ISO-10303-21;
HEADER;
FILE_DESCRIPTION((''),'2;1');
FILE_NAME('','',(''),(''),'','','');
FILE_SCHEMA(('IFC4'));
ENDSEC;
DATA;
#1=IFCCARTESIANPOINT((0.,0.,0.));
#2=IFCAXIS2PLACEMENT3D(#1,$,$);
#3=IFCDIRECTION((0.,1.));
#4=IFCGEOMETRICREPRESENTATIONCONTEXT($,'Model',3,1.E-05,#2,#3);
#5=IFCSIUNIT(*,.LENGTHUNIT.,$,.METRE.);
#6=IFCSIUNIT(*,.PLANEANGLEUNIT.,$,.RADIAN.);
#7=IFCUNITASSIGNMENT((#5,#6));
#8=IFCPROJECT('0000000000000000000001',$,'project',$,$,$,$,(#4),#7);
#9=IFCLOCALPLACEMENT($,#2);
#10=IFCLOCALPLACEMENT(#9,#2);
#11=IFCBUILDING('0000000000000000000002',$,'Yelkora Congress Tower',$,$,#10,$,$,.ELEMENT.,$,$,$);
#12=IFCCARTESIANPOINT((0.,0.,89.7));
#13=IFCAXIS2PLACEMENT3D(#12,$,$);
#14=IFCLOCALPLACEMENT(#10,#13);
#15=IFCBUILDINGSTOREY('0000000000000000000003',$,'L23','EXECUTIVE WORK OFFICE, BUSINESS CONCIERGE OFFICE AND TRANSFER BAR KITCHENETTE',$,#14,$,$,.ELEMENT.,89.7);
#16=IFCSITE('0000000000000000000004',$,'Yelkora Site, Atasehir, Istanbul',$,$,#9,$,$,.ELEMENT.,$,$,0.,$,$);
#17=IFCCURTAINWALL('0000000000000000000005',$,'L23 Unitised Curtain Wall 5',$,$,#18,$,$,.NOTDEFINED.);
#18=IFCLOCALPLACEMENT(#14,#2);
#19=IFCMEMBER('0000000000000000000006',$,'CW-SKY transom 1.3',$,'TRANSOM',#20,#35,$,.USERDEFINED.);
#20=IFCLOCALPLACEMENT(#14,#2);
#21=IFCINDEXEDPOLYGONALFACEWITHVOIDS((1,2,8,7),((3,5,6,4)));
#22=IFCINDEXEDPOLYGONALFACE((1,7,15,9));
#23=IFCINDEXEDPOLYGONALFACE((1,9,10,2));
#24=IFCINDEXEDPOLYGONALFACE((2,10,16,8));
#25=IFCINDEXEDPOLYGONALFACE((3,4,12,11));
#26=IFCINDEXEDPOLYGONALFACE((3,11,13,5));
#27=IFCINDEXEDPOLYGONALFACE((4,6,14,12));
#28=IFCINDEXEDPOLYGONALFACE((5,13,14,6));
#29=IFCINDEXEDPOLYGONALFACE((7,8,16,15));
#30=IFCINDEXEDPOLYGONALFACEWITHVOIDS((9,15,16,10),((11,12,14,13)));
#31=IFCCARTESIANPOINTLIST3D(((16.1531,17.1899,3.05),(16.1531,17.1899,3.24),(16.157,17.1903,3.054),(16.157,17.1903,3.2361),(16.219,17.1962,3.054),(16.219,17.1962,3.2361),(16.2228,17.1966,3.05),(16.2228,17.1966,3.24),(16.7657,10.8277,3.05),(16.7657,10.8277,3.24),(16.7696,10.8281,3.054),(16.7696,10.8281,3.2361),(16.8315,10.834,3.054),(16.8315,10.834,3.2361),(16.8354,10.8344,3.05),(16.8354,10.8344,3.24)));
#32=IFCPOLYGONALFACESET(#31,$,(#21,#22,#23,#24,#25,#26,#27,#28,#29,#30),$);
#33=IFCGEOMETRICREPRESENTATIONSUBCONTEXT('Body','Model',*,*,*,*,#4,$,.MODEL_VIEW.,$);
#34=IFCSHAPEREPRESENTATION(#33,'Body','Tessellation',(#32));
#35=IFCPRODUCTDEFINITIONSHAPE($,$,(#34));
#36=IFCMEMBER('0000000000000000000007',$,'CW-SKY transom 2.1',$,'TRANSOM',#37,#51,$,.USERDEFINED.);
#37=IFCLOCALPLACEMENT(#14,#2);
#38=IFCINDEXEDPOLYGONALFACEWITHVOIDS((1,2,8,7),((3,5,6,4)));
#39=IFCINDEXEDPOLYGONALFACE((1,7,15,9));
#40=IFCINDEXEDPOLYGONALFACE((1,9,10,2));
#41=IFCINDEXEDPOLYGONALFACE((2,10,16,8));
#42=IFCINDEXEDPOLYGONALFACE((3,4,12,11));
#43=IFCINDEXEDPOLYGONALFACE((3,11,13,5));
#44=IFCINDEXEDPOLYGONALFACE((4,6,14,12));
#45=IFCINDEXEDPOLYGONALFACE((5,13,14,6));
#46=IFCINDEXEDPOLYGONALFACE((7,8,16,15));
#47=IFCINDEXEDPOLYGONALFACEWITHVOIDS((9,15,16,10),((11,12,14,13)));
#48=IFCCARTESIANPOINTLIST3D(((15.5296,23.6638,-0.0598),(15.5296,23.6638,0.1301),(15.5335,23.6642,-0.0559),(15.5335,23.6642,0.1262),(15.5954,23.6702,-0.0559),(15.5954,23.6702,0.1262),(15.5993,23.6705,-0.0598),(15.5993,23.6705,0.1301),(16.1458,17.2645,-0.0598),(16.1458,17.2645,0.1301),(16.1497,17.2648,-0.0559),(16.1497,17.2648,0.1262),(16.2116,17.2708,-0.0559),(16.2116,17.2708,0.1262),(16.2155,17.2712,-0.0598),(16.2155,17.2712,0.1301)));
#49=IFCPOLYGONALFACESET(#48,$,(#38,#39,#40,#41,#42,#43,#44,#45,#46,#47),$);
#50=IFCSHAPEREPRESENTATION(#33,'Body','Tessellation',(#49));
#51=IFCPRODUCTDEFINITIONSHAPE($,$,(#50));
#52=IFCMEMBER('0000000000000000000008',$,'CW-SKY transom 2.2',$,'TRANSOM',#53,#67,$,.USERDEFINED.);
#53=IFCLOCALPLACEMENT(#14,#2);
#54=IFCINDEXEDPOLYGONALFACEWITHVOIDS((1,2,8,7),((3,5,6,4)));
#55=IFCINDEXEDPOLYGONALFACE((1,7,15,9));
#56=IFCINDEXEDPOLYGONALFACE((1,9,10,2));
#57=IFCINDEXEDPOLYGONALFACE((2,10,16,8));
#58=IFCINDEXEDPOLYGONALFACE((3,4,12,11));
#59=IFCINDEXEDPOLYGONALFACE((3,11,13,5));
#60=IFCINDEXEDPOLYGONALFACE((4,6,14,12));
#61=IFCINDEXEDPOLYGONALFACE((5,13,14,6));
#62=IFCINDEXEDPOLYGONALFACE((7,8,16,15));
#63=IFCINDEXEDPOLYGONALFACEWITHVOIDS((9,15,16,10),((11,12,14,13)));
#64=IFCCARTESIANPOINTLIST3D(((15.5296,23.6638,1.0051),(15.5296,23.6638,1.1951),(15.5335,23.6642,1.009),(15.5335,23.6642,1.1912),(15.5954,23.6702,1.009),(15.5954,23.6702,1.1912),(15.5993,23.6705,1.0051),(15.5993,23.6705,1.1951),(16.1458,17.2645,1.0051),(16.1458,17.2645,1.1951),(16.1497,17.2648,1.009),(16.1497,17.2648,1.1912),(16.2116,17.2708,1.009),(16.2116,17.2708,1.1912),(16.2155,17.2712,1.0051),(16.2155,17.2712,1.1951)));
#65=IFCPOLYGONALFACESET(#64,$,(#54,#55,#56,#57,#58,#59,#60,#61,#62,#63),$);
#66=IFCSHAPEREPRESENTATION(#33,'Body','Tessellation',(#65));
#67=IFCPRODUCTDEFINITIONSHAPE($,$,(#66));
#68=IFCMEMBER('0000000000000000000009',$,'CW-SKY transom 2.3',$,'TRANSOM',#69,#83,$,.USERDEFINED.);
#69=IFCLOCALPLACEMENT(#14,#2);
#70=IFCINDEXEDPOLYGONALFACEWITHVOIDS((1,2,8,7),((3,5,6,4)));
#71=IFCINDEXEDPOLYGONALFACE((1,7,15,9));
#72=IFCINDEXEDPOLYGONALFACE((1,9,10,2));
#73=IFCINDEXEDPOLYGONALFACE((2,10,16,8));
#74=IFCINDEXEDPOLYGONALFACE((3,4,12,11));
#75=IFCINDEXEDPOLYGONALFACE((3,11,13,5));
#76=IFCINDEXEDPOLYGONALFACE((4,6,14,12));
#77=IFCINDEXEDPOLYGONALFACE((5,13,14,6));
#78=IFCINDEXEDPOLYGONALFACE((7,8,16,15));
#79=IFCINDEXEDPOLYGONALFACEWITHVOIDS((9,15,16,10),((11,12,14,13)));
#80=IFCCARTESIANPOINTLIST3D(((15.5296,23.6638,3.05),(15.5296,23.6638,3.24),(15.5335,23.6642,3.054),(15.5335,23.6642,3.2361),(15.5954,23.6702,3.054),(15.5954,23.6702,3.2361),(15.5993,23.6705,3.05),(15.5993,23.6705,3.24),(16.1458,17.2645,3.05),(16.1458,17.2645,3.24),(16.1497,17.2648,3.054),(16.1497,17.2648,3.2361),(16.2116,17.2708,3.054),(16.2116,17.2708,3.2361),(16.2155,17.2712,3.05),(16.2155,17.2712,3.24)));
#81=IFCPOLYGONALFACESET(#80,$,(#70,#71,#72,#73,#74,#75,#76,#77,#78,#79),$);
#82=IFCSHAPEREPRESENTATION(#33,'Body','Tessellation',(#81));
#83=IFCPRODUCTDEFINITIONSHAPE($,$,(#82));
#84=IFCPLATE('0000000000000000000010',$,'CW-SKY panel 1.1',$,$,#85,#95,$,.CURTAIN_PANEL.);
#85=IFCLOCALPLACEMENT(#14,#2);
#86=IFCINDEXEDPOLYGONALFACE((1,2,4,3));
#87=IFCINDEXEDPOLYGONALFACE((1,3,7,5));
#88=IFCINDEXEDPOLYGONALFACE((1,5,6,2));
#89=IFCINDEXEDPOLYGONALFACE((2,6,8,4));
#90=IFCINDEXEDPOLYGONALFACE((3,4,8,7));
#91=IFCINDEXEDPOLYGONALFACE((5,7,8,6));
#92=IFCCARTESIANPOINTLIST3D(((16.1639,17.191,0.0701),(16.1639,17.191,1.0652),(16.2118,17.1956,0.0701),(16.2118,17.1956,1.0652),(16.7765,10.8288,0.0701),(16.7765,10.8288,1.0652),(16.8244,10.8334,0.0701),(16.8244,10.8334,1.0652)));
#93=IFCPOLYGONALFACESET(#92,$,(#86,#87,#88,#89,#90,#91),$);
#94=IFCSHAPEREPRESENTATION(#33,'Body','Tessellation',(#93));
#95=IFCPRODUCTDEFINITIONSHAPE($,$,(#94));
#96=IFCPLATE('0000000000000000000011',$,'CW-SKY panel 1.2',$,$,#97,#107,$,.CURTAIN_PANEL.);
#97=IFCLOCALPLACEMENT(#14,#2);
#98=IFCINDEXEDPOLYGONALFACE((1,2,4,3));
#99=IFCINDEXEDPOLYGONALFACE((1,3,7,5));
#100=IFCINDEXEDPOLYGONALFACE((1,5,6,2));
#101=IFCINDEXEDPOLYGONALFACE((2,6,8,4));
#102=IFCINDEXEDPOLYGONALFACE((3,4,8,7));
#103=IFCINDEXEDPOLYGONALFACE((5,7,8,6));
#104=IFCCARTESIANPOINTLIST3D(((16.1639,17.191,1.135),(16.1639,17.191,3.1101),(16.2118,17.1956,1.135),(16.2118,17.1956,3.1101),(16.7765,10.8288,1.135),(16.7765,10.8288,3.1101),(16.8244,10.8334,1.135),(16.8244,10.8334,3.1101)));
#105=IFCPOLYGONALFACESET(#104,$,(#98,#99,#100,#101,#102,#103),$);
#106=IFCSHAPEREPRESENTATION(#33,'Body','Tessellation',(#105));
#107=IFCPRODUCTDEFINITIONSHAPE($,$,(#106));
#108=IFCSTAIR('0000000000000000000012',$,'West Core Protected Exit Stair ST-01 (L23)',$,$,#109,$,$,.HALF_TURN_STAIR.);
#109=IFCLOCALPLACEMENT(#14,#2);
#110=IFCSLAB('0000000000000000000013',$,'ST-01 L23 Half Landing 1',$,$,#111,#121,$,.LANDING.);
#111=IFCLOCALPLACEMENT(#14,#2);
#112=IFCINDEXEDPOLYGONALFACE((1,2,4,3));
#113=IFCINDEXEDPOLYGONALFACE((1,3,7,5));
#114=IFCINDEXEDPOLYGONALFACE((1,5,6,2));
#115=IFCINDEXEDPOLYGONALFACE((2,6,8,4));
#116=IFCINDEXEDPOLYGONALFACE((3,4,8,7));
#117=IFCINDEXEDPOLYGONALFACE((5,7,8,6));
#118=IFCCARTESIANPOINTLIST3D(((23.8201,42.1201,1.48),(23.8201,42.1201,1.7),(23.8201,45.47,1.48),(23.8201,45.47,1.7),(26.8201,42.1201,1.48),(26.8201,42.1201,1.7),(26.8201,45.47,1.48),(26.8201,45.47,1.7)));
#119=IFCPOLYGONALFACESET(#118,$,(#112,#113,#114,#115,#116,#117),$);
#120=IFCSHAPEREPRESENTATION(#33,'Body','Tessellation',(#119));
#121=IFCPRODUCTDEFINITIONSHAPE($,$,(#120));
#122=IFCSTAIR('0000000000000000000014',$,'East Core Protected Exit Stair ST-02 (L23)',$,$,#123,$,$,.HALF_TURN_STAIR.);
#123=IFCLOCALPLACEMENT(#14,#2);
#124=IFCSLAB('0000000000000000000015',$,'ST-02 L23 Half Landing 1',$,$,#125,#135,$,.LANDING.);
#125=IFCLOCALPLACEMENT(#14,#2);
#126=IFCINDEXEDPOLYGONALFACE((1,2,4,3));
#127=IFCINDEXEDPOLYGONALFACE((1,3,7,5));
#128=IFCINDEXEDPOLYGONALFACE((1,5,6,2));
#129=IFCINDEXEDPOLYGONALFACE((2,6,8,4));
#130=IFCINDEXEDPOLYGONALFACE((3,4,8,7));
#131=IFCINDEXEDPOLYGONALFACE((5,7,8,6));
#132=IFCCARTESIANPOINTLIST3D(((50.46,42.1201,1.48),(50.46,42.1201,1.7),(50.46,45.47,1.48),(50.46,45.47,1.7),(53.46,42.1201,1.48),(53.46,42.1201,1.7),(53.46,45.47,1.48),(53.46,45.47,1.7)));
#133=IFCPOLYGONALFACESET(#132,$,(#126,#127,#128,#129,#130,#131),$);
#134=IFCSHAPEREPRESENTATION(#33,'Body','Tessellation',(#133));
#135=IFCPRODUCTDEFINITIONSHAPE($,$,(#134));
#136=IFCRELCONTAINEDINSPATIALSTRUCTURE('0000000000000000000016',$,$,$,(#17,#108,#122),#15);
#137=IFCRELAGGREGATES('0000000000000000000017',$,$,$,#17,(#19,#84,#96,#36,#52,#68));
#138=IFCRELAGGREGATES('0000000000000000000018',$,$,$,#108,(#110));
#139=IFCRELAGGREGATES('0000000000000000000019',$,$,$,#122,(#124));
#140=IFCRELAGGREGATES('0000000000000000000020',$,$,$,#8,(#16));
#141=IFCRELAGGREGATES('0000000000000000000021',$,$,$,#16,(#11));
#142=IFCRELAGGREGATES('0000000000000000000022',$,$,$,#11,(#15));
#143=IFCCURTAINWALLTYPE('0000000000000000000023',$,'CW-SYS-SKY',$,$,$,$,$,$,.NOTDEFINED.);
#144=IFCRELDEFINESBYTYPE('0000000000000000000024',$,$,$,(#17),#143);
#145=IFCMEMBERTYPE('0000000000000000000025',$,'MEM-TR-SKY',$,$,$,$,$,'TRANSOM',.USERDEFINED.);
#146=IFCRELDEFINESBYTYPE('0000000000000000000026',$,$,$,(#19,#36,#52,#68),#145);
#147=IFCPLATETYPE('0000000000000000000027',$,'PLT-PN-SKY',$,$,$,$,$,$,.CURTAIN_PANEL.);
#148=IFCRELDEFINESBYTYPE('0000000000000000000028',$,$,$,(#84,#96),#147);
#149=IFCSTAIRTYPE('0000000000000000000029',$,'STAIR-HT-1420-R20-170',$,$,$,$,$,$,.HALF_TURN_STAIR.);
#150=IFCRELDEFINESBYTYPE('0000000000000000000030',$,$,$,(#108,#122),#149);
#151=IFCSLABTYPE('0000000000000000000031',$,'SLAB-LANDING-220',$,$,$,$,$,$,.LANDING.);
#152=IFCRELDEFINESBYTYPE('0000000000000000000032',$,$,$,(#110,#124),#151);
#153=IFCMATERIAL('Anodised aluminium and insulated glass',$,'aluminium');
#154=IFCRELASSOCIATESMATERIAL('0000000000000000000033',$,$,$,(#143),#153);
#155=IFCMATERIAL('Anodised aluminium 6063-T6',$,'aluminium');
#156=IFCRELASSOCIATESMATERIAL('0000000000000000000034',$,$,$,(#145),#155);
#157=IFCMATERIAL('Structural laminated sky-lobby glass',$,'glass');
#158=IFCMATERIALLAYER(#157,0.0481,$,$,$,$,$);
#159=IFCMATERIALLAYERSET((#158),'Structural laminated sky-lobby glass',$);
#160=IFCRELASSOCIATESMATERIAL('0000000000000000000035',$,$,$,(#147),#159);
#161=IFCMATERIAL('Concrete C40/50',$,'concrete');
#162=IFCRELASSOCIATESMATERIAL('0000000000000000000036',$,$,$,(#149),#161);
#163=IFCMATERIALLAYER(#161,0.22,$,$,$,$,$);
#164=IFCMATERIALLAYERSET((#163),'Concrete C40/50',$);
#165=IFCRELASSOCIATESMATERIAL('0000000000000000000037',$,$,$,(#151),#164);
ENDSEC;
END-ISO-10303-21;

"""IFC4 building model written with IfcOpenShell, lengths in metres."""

from ifc_helpers import new_model, si_unit, direction, frame, origin, origin_2d, place, context, subcontext, project, spatial, polyline, rectangle, hollow_rectangle, outline, extrude, material, layer, layer_set, material_profile, profile_set, type_object, element, aggregate, save


model = new_model("IFC4")

# Units and contexts
model_context = context("Model", 3, precision=1e-05, world=origin(), true_north=direction((0.0, 1.0)))
body_context = subcontext(model_context, "Body", "Model", "MODEL_VIEW")
ifc_project = project(units=[si_unit("LENGTHUNIT", "METRE"), si_unit("PLANEANGLEUNIT", "RADIAN")], contexts=[model_context])

# Site, building, storey
site_placement = place(None, origin())
site = spatial("IfcSite", under=ifc_project, at=site_placement, Name="Yelkora Site, Atasehir, Istanbul", CompositionType="ELEMENT", RefElevation=0.0)
building_placement = place(site_placement, origin())
building = spatial("IfcBuilding", under=site, at=building_placement, Name="Yelkora Congress Tower", CompositionType="ELEMENT")
storey_placement = place(building_placement, frame((0.0, 0.0, 89.7)))
storey = spatial("IfcBuildingStorey", under=building, at=storey_placement, Name="L23", Description="EXECUTIVE WORK OFFICE, BUSINESS CONCIERGE OFFICE AND TRANSFER BAR KITCHENETTE", CompositionType="ELEMENT", Elevation=89.7)

# Curtain wall
ifc_material_1 = material(Name="Anodised aluminium and insulated glass", Category="aluminium")
curtain_wall_type = type_object("IfcCurtainWallType", Name="CW-SYS-SKY", PredefinedType="NOTDEFINED", material=ifc_material_1)
curtain_wall_1_placement = place(storey_placement, origin())
curtain_wall_1 = element("IfcCurtainWall", 1, at=curtain_wall_1_placement, inside=storey, type_object=curtain_wall_type, Name="L23 Unitised Curtain Wall 5", PredefinedType="NOTDEFINED")
ifc_material_2 = material(Name="Anodised aluminium 6063-T6", Category="aluminium")

# Members
ifc_material_profile_1 = material_profile(ifc_material_2, hollow_rectangle(XDim=0.0701, YDim=0.1899, WallThickness=0.0039, at=origin_2d()), Name="ALU 70x190x4")
ifc_profile_set_1 = profile_set([ifc_material_profile_1], Name="Anodised aluminium 6063-T6")
member_type_1 = type_object("IfcMemberType", Name="MEM-TR-SKY", ElementType="TRANSOM", PredefinedType="USERDEFINED", material=ifc_profile_set_1)
member_1_placement = place(storey_placement, frame((16.8005, 10.8311, 3.145), z_axis=(-0.095838, 0.995397, 0.0), x_axis=(-0.995397, -0.095838, 0.0)))
member_1 = element("IfcMember", 2, at=member_1_placement, type_object=member_type_1, Name="CW-SKY transom 1.3", ObjectType="TRANSOM", PredefinedType="USERDEFINED", context=body_context, shape_type="SweptSolid", body=[
    extrude(hollow_rectangle(XDim=0.0701, YDim=0.1899, WallThickness=0.0039, at=origin_2d()), origin(), (0.0, 0.0, 1.0), 6.3916),
])
member_2_placement = place(storey_placement, frame((16.1807, 17.2678, 0.0352), z_axis=(-0.095848, 0.995396, 0.0), x_axis=(-0.995396, -0.095848, 0.0)))
member_2 = element("IfcMember", 3, at=member_2_placement, type_object=member_type_1, Name="CW-SKY transom 2.1", ObjectType="TRANSOM", PredefinedType="USERDEFINED", context=body_context, shape_type="SweptSolid", body=[
    extrude(hollow_rectangle(XDim=0.0701, YDim=0.1899, WallThickness=0.0039, at=origin_2d()), origin(), (0.0, 0.0, 1.0), 6.429),
])
member_3_placement = place(storey_placement, frame((16.1807, 17.2678, 1.1001), z_axis=(-0.095848, 0.995396, 0.0), x_axis=(-0.995396, -0.095848, 0.0)))
member_3 = element("IfcMember", 4, at=member_3_placement, type_object=member_type_1, Name="CW-SKY transom 2.2", ObjectType="TRANSOM", PredefinedType="USERDEFINED", context=body_context, shape_type="SweptSolid", body=[
    extrude(hollow_rectangle(XDim=0.0701, YDim=0.1899, WallThickness=0.0039, at=origin_2d()), origin(), (0.0, 0.0, 1.0), 6.429),
])
member_4_placement = place(storey_placement, frame((16.1807, 17.2678, 3.145), z_axis=(-0.095848, 0.995396, 0.0), x_axis=(-0.995396, -0.095848, 0.0)))
member_4 = element("IfcMember", 5, at=member_4_placement, type_object=member_type_1, Name="CW-SKY transom 2.3", ObjectType="TRANSOM", PredefinedType="USERDEFINED", context=body_context, shape_type="SweptSolid", body=[
    extrude(hollow_rectangle(XDim=0.0701, YDim=0.1899, WallThickness=0.0039, at=origin_2d()), origin(), (0.0, 0.0, 1.0), 6.429),
])

# Plates
ifc_material_3 = material(Name="Structural laminated sky-lobby glass", Category="glass")
ifc_layer_1 = layer(ifc_material_3, 0.0481)
ifc_layer_set_1 = layer_set([ifc_layer_1], Name="Structural laminated sky-lobby glass")
plate_type = type_object("IfcPlateType", Name="PLT-PN-SKY", PredefinedType="CURTAIN_PANEL", material=ifc_layer_set_1)
plate_1_placement = place(storey_placement, frame((16.4941, 14.0122, 0.0701), z_axis=(0.0, 0.0, 1.0), x_axis=(-0.095843, 0.995397, 0.0)))
plate_1 = element("IfcPlate", 6, at=plate_1_placement, type_object=plate_type, Name="CW-SKY panel 1.1", PredefinedType="CURTAIN_PANEL", context=body_context, shape_type="SweptSolid", body=[
    extrude(rectangle(XDim=6.3916, YDim=0.0481, at=origin_2d()), origin(), (0.0, 0.0, 1.0), 0.9951),
])
plate_2_placement = place(storey_placement, frame((16.4941, 14.0122, 1.135), z_axis=(0.0, 0.0, 1.0), x_axis=(-0.095843, 0.995397, 0.0)))
plate_2 = element("IfcPlate", 7, at=plate_2_placement, type_object=plate_type, Name="CW-SKY panel 1.2", PredefinedType="CURTAIN_PANEL", context=body_context, shape_type="SweptSolid", body=[
    extrude(rectangle(XDim=6.3916, YDim=0.0481, at=origin_2d()), origin(), (0.0, 0.0, 1.0), 1.9751),
])
aggregate(curtain_wall_1, [member_1, plate_1, plate_2, member_2, member_3, member_4])

# Stairs, slabs
ifc_material_4 = material(Name="Concrete C40/50", Category="concrete")
stair_type = type_object("IfcStairType", Name="STAIR-HT-1420-R20-170", PredefinedType="HALF_TURN_STAIR", material=ifc_material_4)
stair_1_placement = place(storey_placement, origin())
stair_1 = element("IfcStair", 8, at=stair_1_placement, inside=storey, type_object=stair_type, Name="West Core Protected Exit Stair ST-01 (L23)", PredefinedType="HALF_TURN_STAIR")
ifc_layer_2 = layer(ifc_material_4, 0.22)
ifc_layer_set_2 = layer_set([ifc_layer_2], Name="Concrete C40/50")
slab_type_1 = type_object("IfcSlabType", Name="SLAB-LANDING-220", PredefinedType="LANDING", material=ifc_layer_set_2)
slab_1_placement = place(storey_placement, frame((0.0, 0.0, 1.48)))
slab_1 = element("IfcSlab", 9, at=slab_1_placement, type_object=slab_type_1, Name="ST-01 L23 Half Landing 1", PredefinedType="LANDING", context=body_context, shape_type="SweptSolid", body=[
    extrude(outline(polyline([(26.8201, 42.1201), (26.8201, 45.47), (23.8201, 45.47), (23.8201, 42.1201), (26.8201, 42.1201)])), origin(), (0.0, 0.0, 1.0), 0.22),
])
aggregate(stair_1, [slab_1])
stair_2_placement = place(storey_placement, origin())
stair_2 = element("IfcStair", 10, at=stair_2_placement, inside=storey, type_object=stair_type, Name="East Core Protected Exit Stair ST-02 (L23)", PredefinedType="HALF_TURN_STAIR")
slab_2_placement = place(storey_placement, frame((0.0, 0.0, 1.48)))
slab_2 = element("IfcSlab", 11, at=slab_2_placement, type_object=slab_type_1, Name="ST-02 L23 Half Landing 1", PredefinedType="LANDING", context=body_context, shape_type="SweptSolid", body=[
    extrude(outline(polyline([(53.46, 42.1201), (53.46, 45.47), (50.46, 45.47), (50.46, 42.1201), (53.46, 42.1201)])), origin(), (0.0, 0.0, 1.0), 0.22),
])
aggregate(stair_2, [slab_2])

save(model, "model.ifc")
